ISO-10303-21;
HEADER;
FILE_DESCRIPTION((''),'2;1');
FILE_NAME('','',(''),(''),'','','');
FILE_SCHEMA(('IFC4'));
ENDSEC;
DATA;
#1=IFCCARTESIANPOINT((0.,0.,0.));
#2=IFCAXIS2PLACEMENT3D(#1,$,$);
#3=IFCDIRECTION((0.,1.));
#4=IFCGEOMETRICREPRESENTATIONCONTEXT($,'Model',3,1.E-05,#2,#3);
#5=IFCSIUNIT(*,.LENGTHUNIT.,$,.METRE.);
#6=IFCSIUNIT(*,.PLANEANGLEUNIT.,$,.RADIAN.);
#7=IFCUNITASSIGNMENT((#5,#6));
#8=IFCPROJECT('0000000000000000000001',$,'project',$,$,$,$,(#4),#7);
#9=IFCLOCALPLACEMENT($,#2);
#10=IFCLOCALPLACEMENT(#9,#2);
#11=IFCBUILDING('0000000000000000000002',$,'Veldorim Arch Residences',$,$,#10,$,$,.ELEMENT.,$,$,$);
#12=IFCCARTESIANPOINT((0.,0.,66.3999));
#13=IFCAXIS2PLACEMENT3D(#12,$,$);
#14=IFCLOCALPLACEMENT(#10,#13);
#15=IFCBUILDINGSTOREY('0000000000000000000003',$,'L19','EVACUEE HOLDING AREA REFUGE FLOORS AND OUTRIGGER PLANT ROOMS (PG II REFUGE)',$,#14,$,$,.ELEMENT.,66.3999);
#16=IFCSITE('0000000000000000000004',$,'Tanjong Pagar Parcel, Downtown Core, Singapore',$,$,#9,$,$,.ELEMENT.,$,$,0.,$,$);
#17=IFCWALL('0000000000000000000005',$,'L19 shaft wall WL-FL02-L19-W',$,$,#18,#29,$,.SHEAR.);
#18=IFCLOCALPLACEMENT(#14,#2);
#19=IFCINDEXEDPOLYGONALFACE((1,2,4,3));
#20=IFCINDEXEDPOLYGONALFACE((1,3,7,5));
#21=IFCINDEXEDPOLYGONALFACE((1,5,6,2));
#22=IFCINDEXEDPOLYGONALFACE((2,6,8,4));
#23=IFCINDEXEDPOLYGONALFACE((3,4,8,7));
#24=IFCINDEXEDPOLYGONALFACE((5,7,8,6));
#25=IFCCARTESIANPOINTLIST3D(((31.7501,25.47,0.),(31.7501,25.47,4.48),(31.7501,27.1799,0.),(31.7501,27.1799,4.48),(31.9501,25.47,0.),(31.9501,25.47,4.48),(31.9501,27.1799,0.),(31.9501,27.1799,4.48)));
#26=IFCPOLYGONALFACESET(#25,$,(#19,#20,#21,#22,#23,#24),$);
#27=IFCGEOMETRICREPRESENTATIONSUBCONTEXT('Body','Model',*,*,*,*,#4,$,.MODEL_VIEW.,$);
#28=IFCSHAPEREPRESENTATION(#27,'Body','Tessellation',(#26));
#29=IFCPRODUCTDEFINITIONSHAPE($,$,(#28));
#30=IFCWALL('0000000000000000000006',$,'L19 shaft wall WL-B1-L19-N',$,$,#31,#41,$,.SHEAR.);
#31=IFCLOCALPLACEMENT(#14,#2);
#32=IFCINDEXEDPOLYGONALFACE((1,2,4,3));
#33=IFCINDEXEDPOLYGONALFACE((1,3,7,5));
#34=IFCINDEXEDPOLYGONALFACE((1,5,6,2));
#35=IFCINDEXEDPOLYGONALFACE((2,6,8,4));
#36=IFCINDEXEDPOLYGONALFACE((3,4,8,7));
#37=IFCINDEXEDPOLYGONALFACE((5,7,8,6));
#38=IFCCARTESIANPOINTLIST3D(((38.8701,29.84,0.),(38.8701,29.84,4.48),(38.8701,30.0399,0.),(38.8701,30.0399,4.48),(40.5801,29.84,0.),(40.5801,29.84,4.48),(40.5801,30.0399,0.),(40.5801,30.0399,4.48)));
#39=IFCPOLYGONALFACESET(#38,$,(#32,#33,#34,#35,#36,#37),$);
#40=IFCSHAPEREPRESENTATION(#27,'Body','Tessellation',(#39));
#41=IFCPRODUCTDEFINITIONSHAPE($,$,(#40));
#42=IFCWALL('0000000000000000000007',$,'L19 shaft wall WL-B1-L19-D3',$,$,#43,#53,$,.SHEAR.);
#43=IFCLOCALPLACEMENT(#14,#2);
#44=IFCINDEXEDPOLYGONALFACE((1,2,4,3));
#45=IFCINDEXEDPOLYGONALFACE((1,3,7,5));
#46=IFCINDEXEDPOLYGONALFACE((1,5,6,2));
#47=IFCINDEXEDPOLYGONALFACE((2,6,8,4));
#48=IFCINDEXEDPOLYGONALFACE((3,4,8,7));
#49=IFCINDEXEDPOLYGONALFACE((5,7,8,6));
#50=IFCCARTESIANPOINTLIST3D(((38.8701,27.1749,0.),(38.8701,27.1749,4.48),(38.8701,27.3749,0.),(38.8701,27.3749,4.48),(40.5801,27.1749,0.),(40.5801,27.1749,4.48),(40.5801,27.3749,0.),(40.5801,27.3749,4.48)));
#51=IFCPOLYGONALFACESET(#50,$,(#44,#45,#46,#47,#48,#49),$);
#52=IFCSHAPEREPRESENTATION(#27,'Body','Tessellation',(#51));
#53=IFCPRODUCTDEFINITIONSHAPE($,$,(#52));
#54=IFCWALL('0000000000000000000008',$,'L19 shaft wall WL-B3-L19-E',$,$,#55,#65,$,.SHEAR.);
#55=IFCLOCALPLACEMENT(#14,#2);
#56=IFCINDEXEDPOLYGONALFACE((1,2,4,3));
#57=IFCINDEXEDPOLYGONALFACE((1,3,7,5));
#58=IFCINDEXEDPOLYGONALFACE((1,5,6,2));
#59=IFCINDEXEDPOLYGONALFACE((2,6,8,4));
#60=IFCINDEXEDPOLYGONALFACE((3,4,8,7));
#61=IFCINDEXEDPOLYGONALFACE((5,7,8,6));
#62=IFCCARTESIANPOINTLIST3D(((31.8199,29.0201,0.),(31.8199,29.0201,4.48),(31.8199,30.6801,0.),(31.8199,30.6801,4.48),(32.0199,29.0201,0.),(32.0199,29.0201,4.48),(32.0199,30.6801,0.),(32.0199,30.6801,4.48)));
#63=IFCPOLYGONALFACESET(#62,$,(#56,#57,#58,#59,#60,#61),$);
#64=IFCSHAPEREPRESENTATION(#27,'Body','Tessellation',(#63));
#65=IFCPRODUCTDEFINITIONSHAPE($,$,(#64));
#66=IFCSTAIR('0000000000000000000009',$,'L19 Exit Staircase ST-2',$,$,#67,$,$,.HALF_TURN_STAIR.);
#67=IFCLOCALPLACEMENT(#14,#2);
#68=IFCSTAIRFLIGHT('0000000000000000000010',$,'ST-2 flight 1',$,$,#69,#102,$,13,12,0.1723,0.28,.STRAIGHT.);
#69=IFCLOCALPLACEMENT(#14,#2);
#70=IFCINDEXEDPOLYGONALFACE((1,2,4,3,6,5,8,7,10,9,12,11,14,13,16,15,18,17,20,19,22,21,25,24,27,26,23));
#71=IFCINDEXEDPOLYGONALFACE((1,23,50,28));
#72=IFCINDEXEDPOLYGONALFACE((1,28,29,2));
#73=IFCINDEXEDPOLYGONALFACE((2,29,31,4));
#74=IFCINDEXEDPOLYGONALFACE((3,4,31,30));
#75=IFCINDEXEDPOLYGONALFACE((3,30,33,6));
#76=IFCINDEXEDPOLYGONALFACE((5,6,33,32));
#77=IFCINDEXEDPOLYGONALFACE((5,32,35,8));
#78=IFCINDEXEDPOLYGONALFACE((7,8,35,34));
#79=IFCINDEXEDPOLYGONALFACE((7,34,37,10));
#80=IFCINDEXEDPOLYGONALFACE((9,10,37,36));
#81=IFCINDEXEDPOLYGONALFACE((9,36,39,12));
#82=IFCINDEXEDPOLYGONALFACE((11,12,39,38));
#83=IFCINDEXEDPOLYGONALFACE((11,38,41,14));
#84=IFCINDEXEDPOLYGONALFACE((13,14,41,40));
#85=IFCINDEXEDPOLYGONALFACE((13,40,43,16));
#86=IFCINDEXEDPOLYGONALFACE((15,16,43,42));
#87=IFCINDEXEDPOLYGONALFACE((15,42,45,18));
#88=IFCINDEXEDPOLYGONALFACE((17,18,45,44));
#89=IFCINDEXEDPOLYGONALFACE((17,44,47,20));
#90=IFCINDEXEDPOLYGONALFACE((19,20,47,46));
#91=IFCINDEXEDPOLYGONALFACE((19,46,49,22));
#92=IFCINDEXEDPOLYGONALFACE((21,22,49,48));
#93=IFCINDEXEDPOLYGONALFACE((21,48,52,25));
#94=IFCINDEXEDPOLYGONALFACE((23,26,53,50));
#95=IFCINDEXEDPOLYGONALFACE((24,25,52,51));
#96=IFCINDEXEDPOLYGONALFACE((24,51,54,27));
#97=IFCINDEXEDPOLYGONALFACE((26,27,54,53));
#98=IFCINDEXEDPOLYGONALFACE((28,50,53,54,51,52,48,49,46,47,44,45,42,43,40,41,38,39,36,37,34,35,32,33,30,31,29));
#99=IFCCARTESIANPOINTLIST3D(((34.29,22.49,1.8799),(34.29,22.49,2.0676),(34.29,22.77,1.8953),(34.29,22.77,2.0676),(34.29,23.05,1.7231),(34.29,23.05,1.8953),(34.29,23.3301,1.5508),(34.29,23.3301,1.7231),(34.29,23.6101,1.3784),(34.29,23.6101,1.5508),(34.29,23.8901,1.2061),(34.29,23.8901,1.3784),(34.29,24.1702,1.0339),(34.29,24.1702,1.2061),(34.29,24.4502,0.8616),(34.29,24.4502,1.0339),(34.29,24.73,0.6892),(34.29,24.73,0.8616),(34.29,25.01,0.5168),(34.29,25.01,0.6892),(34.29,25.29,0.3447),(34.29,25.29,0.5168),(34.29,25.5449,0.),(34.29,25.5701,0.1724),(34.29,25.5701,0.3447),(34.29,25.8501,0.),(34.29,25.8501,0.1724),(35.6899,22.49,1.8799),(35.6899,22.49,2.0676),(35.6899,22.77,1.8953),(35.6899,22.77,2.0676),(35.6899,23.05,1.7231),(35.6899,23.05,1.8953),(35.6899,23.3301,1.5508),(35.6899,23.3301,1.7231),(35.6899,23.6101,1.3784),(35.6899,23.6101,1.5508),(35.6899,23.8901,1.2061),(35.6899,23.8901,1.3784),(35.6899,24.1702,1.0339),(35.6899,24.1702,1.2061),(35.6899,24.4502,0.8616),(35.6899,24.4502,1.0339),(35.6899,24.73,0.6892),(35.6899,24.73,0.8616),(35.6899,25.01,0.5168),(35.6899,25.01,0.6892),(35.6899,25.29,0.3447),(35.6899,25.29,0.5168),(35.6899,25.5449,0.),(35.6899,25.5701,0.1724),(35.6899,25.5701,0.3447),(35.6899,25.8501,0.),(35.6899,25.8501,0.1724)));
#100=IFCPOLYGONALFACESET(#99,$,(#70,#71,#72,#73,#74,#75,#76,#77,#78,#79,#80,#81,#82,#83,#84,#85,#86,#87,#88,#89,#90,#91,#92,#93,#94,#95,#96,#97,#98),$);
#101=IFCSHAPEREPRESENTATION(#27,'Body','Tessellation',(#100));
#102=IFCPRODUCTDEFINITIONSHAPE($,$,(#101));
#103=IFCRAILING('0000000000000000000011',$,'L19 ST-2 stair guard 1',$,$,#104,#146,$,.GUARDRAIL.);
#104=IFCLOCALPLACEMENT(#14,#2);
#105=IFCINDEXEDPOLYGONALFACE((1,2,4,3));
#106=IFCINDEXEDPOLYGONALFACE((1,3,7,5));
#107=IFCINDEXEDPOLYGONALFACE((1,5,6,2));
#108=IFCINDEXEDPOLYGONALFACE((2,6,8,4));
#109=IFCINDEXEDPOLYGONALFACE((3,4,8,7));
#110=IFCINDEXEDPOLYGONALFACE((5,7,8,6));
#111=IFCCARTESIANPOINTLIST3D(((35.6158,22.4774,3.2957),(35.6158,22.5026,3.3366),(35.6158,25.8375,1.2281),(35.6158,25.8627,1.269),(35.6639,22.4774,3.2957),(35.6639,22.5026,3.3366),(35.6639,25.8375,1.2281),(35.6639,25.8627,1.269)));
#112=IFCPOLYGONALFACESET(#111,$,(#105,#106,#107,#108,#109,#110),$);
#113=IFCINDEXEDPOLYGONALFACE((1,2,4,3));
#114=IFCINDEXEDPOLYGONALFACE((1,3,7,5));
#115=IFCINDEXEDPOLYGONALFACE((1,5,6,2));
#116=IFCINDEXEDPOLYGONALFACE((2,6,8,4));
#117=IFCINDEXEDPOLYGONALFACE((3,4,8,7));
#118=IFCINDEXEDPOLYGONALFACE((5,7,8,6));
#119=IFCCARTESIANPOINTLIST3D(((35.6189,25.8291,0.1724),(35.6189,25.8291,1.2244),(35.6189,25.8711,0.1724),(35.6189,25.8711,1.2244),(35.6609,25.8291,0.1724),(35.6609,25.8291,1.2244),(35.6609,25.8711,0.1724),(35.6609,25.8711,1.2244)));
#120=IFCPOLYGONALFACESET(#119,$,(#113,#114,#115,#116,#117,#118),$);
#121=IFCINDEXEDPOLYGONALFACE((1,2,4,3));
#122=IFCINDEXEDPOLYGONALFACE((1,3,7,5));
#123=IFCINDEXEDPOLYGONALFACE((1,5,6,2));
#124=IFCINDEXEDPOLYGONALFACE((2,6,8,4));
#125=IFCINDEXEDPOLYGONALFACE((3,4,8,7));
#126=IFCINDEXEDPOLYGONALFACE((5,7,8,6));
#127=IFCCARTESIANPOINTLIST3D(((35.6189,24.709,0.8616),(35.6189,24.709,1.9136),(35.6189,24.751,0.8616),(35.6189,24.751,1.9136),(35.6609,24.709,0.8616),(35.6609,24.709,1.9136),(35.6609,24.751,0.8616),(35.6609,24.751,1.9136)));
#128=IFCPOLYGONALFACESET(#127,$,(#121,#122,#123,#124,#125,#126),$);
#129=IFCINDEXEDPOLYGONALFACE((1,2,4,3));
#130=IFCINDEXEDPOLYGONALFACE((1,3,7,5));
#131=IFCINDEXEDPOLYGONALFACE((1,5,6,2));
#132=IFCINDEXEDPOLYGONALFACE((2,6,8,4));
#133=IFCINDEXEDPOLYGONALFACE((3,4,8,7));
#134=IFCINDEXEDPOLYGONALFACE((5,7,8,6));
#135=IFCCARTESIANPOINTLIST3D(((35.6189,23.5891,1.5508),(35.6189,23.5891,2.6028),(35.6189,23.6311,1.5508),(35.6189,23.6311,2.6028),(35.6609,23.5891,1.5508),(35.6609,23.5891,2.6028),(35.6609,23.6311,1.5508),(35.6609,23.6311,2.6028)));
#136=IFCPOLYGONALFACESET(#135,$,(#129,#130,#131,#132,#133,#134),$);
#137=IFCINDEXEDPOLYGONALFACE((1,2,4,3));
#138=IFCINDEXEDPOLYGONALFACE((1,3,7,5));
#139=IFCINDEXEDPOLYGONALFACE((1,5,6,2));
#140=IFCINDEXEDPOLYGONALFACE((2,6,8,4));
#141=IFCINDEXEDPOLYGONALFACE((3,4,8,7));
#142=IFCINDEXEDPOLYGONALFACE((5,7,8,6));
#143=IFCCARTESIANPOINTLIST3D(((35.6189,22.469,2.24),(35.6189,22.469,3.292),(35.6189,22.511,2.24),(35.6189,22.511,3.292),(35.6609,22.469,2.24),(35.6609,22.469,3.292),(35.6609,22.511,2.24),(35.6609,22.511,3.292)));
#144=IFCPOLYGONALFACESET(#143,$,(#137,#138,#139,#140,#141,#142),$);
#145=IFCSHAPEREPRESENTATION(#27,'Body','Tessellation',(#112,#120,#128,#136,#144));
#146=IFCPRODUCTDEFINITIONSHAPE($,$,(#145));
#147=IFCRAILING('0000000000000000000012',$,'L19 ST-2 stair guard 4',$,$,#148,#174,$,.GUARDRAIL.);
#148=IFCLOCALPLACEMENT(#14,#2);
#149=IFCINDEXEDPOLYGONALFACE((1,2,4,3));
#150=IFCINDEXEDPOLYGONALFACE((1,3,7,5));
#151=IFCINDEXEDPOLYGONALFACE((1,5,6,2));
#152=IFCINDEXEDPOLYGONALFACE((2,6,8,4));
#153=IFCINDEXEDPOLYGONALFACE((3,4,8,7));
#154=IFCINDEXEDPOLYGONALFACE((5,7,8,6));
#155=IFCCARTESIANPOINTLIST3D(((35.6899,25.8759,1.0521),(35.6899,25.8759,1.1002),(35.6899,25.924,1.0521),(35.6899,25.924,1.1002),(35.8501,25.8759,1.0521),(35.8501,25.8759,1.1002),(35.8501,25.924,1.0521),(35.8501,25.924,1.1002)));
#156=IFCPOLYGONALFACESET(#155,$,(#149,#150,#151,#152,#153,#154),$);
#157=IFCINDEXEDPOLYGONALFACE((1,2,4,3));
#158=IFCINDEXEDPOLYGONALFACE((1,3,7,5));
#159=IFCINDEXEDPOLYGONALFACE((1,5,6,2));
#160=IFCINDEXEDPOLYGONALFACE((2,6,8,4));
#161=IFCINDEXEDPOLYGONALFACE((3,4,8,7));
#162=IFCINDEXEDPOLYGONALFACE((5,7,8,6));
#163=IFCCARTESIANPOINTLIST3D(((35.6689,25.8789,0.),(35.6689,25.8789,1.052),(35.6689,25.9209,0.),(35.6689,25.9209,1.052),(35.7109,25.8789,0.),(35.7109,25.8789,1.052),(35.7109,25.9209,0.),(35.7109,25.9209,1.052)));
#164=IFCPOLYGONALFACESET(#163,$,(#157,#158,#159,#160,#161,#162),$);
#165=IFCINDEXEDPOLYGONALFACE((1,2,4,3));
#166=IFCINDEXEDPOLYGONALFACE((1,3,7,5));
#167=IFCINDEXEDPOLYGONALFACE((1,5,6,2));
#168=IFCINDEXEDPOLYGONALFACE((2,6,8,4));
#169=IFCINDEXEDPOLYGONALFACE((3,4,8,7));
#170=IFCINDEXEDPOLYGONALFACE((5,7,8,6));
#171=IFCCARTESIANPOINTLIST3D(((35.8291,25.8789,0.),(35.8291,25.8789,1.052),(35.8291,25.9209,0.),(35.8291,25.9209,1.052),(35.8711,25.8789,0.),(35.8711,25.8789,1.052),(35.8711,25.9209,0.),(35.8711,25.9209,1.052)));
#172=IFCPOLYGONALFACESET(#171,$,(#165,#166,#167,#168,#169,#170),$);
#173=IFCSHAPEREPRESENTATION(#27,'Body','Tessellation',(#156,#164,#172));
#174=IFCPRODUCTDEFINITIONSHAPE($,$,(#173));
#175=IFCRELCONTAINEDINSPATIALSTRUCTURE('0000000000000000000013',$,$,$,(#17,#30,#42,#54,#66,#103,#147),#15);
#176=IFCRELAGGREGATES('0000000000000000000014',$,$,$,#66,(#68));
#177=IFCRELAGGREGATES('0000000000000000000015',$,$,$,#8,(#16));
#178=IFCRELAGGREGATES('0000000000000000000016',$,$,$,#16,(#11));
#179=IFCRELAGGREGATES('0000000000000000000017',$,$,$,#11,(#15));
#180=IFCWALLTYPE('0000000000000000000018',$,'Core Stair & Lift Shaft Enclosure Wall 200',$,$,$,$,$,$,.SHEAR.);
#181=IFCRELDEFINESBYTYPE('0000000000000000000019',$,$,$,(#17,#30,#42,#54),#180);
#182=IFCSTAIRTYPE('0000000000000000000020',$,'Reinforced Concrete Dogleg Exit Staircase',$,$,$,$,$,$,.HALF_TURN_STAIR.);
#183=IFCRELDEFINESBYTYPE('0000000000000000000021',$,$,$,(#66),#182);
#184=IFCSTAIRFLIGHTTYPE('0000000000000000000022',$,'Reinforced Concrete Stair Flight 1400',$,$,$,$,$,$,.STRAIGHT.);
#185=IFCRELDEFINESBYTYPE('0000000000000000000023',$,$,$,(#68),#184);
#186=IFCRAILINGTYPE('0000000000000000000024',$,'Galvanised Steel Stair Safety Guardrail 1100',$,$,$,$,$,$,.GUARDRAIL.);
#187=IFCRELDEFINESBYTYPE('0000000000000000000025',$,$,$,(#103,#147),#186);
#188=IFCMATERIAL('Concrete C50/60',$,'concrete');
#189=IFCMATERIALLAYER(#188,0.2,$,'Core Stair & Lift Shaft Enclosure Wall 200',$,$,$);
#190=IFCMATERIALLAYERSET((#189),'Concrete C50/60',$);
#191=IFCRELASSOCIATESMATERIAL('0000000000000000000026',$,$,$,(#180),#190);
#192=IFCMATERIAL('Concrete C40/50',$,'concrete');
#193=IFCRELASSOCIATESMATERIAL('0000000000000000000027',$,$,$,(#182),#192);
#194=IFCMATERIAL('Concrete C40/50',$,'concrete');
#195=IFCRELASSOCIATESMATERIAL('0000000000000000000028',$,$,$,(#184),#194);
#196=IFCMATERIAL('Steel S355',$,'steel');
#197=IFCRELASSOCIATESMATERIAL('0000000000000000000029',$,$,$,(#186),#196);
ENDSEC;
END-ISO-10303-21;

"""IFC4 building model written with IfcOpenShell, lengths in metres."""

from ifc_helpers import new_model, si_unit, direction, frame, frame_2d, origin, origin_2d, place, context, subcontext, project, spatial, polyline, rectangle, outline, extrude, material, layer, layer_set, type_object, element, aggregate, save


model = new_model("IFC4")

# Units and contexts
model_context = context("Model", 3, precision=1e-05, world=origin(), true_north=direction((0.0, 1.0)))
body_context = subcontext(model_context, "Body", "Model", "MODEL_VIEW")
ifc_project = project(units=[si_unit("LENGTHUNIT", "METRE"), si_unit("PLANEANGLEUNIT", "RADIAN")], contexts=[model_context])

# Site, building, storey
site_placement = place(None, origin())
site = spatial("IfcSite", under=ifc_project, at=site_placement, Name="Tanjong Pagar Parcel, Downtown Core, Singapore", CompositionType="ELEMENT", RefElevation=0.0)
building_placement = place(site_placement, origin())
building = spatial("IfcBuilding", under=site, at=building_placement, Name="Veldorim Arch Residences", CompositionType="ELEMENT")
storey_placement = place(building_placement, frame((0.0, 0.0, 66.3999)))
storey = spatial("IfcBuildingStorey", under=building, at=storey_placement, Name="L19", Description="EVACUEE HOLDING AREA REFUGE FLOORS AND OUTRIGGER PLANT ROOMS (PG II REFUGE)", CompositionType="ELEMENT", Elevation=66.3999)

# Shared definitions
ifc_material_1 = material(Name="Concrete C50/60", Category="concrete")
ifc_layer = layer(ifc_material_1, 0.2, Name="Core Stair & Lift Shaft Enclosure Wall 200")
ifc_layer_set = layer_set([ifc_layer], Name="Concrete C50/60")
wall_type = type_object("IfcWallType", Name="Core Stair & Lift Shaft Enclosure Wall 200", PredefinedType="SHEAR", material=ifc_layer_set)

# Walls
for number, where, z_axis, x_axis, name in (
    (1, (31.8501, 25.47, 0.0), (0.0, 0.0, 1.0), (0.0, 1.0, 0.0), "L19 shaft wall WL-FL02-L19-W"),
    (2, (38.8701, 29.9399, 0.0), (0.0, 0.0, 1.0), (1.0, 0.0, 0.0), "L19 shaft wall WL-B1-L19-N"),
    (3, (38.8701, 27.2749, 0.0), (0.0, 0.0, 1.0), (1.0, 0.0, 0.0), "L19 shaft wall WL-B1-L19-D3"),
):
    element("IfcWall", number, at=place(storey_placement, frame(where, z_axis=z_axis, x_axis=x_axis)), inside=storey, type_object=wall_type, Name=name, PredefinedType="SHEAR", context=body_context, shape_type="SweptSolid", body=[
        extrude(rectangle(XDim=1.71, YDim=0.2, at=frame_2d((0.855, 0.0))), origin(), (0.0, 0.0, 1.0), 4.48),
    ])
wall_1_placement = place(storey_placement, frame((31.9199, 29.02, 0.0), z_axis=(0.0, 0.0, 1.0), x_axis=(0.0, 1.0, 0.0)))
element("IfcWall", 4, at=wall_1_placement, inside=storey, type_object=wall_type, Name="L19 shaft wall WL-B3-L19-E", PredefinedType="SHEAR", context=body_context, shape_type="SweptSolid", body=[
    extrude(rectangle(XDim=1.6599, YDim=0.2, at=frame_2d((0.8301, 0.0))), origin(), (0.0, 0.0, 1.0), 4.48),
])

# Stair, stair flight
ifc_material_2 = material(Name="Concrete C40/50", Category="concrete")
stair_type = type_object("IfcStairType", Name="Reinforced Concrete Dogleg Exit Staircase", PredefinedType="HALF_TURN_STAIR", material=ifc_material_2)
stair_placement = place(storey_placement, origin())
stair = element("IfcStair", 5, at=stair_placement, inside=storey, type_object=stair_type, Name="L19 Exit Staircase ST-2", PredefinedType="HALF_TURN_STAIR")
ifc_material_3 = material(Name="Concrete C40/50", Category="concrete")
stair_flight_type = type_object("IfcStairFlightType", Name="Reinforced Concrete Stair Flight 1400", PredefinedType="STRAIGHT", material=ifc_material_3)
stair_flight_placement = place(storey_placement, frame((34.99, 25.8501, 0.0), z_axis=(0.0, 0.0, 1.0), x_axis=(0.0, -1.0, 0.0)))
stair_flight = element("IfcStairFlight", 6, at=stair_flight_placement, type_object=stair_flight_type, Name="ST-2 flight 1", NumberOfRisers=13, NumberOfTreads=12, PredefinedType="STRAIGHT", RiserHeight=0.1723, TreadLength=0.28, context=body_context, shape_type="SweptSolid", body=[
    extrude(outline(polyline([(0.0, 0.0), (0.0, 0.1724), (0.28, 0.1724), (0.28, 0.3447), (0.5601, 0.3447), (0.5601, 0.5168), (0.8401, 0.5168), (0.8401, 0.6892), (1.1201, 0.6892), (1.1201, 0.8616), (1.3999, 0.8616), (1.3999, 1.0339), (1.6799, 1.0339), (1.6799, 1.2061), (1.96, 1.2061), (1.96, 1.3784), (2.24, 1.3784), (2.24, 1.5508), (2.52, 1.5508), (2.52, 1.7231), (2.8, 1.7231), (2.8, 1.8953), (3.0801, 1.8953), (3.0801, 2.0676), (3.3601, 2.0676), (3.3601, 2.24), (3.3601, 1.8799), (0.3052, 0.0), (0.0, 0.0)])), frame((0.0, 0.7, 0.0), z_axis=(0.0, -1.0, 0.0), x_axis=(1.0, 0.0, 0.0)), (0.0, 0.0, 1.0), 1.3999),
])
aggregate(stair, [stair_flight])

# Railings
ifc_material_4 = material(Name="Steel S355", Category="steel")
railing_type_1 = type_object("IfcRailingType", Name="Galvanised Steel Stair Safety Guardrail 1100", PredefinedType="GUARDRAIL", material=ifc_material_4)
railing_1_placement = place(storey_placement, frame((35.6399, 25.8501, 0.1724)))
element("IfcRailing", 7, at=railing_1_placement, inside=storey, type_object=railing_type_1, Name="L19 ST-2 stair guard 1", PredefinedType="GUARDRAIL", context=body_context, shape_type="SweptSolid", body=[
    extrude(rectangle(XDim=0.0481, YDim=0.0481, at=origin_2d()), frame((0.0, 0.0, 1.0762), z_axis=(0.0, -0.851673, 0.524073), x_axis=(1.0, 0.0, 0.0)), (0.0, 0.0, 1.0), 3.9453),
    extrude(rectangle(XDim=0.042, YDim=0.042, at=origin_2d()), origin(), (0.0, 0.0, 1.0), 1.052),
    extrude(rectangle(XDim=0.042, YDim=0.042, at=origin_2d()), frame((0.0, -1.1201, 0.6892)), (0.0, 0.0, 1.0), 1.052),
    extrude(rectangle(XDim=0.042, YDim=0.042, at=origin_2d()), frame((0.0, -2.24, 1.3784)), (0.0, 0.0, 1.0), 1.052),
    extrude(rectangle(XDim=0.042, YDim=0.042, at=origin_2d()), frame((0.0, -3.3601, 2.0676)), (0.0, 0.0, 1.0), 1.052),
])
railing_2_placement = place(storey_placement, frame((35.6899, 25.8999, 0.0)))
element("IfcRailing", 8, at=railing_2_placement, inside=storey, type_object=railing_type_1, Name="L19 ST-2 stair guard 4", PredefinedType="GUARDRAIL", context=body_context, shape_type="SweptSolid", body=[
    extrude(rectangle(XDim=0.0481, YDim=0.0481, at=origin_2d()), frame((0.0, 0.0, 1.0762), z_axis=(1.0, 0.0, 0.0), x_axis=(0.0, 1.0, 0.0)), (0.0, 0.0, 1.0), 0.1602),
    extrude(rectangle(XDim=0.042, YDim=0.042, at=origin_2d()), origin(), (0.0, 0.0, 1.0), 1.052),
    extrude(rectangle(XDim=0.042, YDim=0.042, at=origin_2d()), frame((0.1602, 0.0, 0.0)), (0.0, 0.0, 1.0), 1.052),
])

save(model, "model.ifc")
